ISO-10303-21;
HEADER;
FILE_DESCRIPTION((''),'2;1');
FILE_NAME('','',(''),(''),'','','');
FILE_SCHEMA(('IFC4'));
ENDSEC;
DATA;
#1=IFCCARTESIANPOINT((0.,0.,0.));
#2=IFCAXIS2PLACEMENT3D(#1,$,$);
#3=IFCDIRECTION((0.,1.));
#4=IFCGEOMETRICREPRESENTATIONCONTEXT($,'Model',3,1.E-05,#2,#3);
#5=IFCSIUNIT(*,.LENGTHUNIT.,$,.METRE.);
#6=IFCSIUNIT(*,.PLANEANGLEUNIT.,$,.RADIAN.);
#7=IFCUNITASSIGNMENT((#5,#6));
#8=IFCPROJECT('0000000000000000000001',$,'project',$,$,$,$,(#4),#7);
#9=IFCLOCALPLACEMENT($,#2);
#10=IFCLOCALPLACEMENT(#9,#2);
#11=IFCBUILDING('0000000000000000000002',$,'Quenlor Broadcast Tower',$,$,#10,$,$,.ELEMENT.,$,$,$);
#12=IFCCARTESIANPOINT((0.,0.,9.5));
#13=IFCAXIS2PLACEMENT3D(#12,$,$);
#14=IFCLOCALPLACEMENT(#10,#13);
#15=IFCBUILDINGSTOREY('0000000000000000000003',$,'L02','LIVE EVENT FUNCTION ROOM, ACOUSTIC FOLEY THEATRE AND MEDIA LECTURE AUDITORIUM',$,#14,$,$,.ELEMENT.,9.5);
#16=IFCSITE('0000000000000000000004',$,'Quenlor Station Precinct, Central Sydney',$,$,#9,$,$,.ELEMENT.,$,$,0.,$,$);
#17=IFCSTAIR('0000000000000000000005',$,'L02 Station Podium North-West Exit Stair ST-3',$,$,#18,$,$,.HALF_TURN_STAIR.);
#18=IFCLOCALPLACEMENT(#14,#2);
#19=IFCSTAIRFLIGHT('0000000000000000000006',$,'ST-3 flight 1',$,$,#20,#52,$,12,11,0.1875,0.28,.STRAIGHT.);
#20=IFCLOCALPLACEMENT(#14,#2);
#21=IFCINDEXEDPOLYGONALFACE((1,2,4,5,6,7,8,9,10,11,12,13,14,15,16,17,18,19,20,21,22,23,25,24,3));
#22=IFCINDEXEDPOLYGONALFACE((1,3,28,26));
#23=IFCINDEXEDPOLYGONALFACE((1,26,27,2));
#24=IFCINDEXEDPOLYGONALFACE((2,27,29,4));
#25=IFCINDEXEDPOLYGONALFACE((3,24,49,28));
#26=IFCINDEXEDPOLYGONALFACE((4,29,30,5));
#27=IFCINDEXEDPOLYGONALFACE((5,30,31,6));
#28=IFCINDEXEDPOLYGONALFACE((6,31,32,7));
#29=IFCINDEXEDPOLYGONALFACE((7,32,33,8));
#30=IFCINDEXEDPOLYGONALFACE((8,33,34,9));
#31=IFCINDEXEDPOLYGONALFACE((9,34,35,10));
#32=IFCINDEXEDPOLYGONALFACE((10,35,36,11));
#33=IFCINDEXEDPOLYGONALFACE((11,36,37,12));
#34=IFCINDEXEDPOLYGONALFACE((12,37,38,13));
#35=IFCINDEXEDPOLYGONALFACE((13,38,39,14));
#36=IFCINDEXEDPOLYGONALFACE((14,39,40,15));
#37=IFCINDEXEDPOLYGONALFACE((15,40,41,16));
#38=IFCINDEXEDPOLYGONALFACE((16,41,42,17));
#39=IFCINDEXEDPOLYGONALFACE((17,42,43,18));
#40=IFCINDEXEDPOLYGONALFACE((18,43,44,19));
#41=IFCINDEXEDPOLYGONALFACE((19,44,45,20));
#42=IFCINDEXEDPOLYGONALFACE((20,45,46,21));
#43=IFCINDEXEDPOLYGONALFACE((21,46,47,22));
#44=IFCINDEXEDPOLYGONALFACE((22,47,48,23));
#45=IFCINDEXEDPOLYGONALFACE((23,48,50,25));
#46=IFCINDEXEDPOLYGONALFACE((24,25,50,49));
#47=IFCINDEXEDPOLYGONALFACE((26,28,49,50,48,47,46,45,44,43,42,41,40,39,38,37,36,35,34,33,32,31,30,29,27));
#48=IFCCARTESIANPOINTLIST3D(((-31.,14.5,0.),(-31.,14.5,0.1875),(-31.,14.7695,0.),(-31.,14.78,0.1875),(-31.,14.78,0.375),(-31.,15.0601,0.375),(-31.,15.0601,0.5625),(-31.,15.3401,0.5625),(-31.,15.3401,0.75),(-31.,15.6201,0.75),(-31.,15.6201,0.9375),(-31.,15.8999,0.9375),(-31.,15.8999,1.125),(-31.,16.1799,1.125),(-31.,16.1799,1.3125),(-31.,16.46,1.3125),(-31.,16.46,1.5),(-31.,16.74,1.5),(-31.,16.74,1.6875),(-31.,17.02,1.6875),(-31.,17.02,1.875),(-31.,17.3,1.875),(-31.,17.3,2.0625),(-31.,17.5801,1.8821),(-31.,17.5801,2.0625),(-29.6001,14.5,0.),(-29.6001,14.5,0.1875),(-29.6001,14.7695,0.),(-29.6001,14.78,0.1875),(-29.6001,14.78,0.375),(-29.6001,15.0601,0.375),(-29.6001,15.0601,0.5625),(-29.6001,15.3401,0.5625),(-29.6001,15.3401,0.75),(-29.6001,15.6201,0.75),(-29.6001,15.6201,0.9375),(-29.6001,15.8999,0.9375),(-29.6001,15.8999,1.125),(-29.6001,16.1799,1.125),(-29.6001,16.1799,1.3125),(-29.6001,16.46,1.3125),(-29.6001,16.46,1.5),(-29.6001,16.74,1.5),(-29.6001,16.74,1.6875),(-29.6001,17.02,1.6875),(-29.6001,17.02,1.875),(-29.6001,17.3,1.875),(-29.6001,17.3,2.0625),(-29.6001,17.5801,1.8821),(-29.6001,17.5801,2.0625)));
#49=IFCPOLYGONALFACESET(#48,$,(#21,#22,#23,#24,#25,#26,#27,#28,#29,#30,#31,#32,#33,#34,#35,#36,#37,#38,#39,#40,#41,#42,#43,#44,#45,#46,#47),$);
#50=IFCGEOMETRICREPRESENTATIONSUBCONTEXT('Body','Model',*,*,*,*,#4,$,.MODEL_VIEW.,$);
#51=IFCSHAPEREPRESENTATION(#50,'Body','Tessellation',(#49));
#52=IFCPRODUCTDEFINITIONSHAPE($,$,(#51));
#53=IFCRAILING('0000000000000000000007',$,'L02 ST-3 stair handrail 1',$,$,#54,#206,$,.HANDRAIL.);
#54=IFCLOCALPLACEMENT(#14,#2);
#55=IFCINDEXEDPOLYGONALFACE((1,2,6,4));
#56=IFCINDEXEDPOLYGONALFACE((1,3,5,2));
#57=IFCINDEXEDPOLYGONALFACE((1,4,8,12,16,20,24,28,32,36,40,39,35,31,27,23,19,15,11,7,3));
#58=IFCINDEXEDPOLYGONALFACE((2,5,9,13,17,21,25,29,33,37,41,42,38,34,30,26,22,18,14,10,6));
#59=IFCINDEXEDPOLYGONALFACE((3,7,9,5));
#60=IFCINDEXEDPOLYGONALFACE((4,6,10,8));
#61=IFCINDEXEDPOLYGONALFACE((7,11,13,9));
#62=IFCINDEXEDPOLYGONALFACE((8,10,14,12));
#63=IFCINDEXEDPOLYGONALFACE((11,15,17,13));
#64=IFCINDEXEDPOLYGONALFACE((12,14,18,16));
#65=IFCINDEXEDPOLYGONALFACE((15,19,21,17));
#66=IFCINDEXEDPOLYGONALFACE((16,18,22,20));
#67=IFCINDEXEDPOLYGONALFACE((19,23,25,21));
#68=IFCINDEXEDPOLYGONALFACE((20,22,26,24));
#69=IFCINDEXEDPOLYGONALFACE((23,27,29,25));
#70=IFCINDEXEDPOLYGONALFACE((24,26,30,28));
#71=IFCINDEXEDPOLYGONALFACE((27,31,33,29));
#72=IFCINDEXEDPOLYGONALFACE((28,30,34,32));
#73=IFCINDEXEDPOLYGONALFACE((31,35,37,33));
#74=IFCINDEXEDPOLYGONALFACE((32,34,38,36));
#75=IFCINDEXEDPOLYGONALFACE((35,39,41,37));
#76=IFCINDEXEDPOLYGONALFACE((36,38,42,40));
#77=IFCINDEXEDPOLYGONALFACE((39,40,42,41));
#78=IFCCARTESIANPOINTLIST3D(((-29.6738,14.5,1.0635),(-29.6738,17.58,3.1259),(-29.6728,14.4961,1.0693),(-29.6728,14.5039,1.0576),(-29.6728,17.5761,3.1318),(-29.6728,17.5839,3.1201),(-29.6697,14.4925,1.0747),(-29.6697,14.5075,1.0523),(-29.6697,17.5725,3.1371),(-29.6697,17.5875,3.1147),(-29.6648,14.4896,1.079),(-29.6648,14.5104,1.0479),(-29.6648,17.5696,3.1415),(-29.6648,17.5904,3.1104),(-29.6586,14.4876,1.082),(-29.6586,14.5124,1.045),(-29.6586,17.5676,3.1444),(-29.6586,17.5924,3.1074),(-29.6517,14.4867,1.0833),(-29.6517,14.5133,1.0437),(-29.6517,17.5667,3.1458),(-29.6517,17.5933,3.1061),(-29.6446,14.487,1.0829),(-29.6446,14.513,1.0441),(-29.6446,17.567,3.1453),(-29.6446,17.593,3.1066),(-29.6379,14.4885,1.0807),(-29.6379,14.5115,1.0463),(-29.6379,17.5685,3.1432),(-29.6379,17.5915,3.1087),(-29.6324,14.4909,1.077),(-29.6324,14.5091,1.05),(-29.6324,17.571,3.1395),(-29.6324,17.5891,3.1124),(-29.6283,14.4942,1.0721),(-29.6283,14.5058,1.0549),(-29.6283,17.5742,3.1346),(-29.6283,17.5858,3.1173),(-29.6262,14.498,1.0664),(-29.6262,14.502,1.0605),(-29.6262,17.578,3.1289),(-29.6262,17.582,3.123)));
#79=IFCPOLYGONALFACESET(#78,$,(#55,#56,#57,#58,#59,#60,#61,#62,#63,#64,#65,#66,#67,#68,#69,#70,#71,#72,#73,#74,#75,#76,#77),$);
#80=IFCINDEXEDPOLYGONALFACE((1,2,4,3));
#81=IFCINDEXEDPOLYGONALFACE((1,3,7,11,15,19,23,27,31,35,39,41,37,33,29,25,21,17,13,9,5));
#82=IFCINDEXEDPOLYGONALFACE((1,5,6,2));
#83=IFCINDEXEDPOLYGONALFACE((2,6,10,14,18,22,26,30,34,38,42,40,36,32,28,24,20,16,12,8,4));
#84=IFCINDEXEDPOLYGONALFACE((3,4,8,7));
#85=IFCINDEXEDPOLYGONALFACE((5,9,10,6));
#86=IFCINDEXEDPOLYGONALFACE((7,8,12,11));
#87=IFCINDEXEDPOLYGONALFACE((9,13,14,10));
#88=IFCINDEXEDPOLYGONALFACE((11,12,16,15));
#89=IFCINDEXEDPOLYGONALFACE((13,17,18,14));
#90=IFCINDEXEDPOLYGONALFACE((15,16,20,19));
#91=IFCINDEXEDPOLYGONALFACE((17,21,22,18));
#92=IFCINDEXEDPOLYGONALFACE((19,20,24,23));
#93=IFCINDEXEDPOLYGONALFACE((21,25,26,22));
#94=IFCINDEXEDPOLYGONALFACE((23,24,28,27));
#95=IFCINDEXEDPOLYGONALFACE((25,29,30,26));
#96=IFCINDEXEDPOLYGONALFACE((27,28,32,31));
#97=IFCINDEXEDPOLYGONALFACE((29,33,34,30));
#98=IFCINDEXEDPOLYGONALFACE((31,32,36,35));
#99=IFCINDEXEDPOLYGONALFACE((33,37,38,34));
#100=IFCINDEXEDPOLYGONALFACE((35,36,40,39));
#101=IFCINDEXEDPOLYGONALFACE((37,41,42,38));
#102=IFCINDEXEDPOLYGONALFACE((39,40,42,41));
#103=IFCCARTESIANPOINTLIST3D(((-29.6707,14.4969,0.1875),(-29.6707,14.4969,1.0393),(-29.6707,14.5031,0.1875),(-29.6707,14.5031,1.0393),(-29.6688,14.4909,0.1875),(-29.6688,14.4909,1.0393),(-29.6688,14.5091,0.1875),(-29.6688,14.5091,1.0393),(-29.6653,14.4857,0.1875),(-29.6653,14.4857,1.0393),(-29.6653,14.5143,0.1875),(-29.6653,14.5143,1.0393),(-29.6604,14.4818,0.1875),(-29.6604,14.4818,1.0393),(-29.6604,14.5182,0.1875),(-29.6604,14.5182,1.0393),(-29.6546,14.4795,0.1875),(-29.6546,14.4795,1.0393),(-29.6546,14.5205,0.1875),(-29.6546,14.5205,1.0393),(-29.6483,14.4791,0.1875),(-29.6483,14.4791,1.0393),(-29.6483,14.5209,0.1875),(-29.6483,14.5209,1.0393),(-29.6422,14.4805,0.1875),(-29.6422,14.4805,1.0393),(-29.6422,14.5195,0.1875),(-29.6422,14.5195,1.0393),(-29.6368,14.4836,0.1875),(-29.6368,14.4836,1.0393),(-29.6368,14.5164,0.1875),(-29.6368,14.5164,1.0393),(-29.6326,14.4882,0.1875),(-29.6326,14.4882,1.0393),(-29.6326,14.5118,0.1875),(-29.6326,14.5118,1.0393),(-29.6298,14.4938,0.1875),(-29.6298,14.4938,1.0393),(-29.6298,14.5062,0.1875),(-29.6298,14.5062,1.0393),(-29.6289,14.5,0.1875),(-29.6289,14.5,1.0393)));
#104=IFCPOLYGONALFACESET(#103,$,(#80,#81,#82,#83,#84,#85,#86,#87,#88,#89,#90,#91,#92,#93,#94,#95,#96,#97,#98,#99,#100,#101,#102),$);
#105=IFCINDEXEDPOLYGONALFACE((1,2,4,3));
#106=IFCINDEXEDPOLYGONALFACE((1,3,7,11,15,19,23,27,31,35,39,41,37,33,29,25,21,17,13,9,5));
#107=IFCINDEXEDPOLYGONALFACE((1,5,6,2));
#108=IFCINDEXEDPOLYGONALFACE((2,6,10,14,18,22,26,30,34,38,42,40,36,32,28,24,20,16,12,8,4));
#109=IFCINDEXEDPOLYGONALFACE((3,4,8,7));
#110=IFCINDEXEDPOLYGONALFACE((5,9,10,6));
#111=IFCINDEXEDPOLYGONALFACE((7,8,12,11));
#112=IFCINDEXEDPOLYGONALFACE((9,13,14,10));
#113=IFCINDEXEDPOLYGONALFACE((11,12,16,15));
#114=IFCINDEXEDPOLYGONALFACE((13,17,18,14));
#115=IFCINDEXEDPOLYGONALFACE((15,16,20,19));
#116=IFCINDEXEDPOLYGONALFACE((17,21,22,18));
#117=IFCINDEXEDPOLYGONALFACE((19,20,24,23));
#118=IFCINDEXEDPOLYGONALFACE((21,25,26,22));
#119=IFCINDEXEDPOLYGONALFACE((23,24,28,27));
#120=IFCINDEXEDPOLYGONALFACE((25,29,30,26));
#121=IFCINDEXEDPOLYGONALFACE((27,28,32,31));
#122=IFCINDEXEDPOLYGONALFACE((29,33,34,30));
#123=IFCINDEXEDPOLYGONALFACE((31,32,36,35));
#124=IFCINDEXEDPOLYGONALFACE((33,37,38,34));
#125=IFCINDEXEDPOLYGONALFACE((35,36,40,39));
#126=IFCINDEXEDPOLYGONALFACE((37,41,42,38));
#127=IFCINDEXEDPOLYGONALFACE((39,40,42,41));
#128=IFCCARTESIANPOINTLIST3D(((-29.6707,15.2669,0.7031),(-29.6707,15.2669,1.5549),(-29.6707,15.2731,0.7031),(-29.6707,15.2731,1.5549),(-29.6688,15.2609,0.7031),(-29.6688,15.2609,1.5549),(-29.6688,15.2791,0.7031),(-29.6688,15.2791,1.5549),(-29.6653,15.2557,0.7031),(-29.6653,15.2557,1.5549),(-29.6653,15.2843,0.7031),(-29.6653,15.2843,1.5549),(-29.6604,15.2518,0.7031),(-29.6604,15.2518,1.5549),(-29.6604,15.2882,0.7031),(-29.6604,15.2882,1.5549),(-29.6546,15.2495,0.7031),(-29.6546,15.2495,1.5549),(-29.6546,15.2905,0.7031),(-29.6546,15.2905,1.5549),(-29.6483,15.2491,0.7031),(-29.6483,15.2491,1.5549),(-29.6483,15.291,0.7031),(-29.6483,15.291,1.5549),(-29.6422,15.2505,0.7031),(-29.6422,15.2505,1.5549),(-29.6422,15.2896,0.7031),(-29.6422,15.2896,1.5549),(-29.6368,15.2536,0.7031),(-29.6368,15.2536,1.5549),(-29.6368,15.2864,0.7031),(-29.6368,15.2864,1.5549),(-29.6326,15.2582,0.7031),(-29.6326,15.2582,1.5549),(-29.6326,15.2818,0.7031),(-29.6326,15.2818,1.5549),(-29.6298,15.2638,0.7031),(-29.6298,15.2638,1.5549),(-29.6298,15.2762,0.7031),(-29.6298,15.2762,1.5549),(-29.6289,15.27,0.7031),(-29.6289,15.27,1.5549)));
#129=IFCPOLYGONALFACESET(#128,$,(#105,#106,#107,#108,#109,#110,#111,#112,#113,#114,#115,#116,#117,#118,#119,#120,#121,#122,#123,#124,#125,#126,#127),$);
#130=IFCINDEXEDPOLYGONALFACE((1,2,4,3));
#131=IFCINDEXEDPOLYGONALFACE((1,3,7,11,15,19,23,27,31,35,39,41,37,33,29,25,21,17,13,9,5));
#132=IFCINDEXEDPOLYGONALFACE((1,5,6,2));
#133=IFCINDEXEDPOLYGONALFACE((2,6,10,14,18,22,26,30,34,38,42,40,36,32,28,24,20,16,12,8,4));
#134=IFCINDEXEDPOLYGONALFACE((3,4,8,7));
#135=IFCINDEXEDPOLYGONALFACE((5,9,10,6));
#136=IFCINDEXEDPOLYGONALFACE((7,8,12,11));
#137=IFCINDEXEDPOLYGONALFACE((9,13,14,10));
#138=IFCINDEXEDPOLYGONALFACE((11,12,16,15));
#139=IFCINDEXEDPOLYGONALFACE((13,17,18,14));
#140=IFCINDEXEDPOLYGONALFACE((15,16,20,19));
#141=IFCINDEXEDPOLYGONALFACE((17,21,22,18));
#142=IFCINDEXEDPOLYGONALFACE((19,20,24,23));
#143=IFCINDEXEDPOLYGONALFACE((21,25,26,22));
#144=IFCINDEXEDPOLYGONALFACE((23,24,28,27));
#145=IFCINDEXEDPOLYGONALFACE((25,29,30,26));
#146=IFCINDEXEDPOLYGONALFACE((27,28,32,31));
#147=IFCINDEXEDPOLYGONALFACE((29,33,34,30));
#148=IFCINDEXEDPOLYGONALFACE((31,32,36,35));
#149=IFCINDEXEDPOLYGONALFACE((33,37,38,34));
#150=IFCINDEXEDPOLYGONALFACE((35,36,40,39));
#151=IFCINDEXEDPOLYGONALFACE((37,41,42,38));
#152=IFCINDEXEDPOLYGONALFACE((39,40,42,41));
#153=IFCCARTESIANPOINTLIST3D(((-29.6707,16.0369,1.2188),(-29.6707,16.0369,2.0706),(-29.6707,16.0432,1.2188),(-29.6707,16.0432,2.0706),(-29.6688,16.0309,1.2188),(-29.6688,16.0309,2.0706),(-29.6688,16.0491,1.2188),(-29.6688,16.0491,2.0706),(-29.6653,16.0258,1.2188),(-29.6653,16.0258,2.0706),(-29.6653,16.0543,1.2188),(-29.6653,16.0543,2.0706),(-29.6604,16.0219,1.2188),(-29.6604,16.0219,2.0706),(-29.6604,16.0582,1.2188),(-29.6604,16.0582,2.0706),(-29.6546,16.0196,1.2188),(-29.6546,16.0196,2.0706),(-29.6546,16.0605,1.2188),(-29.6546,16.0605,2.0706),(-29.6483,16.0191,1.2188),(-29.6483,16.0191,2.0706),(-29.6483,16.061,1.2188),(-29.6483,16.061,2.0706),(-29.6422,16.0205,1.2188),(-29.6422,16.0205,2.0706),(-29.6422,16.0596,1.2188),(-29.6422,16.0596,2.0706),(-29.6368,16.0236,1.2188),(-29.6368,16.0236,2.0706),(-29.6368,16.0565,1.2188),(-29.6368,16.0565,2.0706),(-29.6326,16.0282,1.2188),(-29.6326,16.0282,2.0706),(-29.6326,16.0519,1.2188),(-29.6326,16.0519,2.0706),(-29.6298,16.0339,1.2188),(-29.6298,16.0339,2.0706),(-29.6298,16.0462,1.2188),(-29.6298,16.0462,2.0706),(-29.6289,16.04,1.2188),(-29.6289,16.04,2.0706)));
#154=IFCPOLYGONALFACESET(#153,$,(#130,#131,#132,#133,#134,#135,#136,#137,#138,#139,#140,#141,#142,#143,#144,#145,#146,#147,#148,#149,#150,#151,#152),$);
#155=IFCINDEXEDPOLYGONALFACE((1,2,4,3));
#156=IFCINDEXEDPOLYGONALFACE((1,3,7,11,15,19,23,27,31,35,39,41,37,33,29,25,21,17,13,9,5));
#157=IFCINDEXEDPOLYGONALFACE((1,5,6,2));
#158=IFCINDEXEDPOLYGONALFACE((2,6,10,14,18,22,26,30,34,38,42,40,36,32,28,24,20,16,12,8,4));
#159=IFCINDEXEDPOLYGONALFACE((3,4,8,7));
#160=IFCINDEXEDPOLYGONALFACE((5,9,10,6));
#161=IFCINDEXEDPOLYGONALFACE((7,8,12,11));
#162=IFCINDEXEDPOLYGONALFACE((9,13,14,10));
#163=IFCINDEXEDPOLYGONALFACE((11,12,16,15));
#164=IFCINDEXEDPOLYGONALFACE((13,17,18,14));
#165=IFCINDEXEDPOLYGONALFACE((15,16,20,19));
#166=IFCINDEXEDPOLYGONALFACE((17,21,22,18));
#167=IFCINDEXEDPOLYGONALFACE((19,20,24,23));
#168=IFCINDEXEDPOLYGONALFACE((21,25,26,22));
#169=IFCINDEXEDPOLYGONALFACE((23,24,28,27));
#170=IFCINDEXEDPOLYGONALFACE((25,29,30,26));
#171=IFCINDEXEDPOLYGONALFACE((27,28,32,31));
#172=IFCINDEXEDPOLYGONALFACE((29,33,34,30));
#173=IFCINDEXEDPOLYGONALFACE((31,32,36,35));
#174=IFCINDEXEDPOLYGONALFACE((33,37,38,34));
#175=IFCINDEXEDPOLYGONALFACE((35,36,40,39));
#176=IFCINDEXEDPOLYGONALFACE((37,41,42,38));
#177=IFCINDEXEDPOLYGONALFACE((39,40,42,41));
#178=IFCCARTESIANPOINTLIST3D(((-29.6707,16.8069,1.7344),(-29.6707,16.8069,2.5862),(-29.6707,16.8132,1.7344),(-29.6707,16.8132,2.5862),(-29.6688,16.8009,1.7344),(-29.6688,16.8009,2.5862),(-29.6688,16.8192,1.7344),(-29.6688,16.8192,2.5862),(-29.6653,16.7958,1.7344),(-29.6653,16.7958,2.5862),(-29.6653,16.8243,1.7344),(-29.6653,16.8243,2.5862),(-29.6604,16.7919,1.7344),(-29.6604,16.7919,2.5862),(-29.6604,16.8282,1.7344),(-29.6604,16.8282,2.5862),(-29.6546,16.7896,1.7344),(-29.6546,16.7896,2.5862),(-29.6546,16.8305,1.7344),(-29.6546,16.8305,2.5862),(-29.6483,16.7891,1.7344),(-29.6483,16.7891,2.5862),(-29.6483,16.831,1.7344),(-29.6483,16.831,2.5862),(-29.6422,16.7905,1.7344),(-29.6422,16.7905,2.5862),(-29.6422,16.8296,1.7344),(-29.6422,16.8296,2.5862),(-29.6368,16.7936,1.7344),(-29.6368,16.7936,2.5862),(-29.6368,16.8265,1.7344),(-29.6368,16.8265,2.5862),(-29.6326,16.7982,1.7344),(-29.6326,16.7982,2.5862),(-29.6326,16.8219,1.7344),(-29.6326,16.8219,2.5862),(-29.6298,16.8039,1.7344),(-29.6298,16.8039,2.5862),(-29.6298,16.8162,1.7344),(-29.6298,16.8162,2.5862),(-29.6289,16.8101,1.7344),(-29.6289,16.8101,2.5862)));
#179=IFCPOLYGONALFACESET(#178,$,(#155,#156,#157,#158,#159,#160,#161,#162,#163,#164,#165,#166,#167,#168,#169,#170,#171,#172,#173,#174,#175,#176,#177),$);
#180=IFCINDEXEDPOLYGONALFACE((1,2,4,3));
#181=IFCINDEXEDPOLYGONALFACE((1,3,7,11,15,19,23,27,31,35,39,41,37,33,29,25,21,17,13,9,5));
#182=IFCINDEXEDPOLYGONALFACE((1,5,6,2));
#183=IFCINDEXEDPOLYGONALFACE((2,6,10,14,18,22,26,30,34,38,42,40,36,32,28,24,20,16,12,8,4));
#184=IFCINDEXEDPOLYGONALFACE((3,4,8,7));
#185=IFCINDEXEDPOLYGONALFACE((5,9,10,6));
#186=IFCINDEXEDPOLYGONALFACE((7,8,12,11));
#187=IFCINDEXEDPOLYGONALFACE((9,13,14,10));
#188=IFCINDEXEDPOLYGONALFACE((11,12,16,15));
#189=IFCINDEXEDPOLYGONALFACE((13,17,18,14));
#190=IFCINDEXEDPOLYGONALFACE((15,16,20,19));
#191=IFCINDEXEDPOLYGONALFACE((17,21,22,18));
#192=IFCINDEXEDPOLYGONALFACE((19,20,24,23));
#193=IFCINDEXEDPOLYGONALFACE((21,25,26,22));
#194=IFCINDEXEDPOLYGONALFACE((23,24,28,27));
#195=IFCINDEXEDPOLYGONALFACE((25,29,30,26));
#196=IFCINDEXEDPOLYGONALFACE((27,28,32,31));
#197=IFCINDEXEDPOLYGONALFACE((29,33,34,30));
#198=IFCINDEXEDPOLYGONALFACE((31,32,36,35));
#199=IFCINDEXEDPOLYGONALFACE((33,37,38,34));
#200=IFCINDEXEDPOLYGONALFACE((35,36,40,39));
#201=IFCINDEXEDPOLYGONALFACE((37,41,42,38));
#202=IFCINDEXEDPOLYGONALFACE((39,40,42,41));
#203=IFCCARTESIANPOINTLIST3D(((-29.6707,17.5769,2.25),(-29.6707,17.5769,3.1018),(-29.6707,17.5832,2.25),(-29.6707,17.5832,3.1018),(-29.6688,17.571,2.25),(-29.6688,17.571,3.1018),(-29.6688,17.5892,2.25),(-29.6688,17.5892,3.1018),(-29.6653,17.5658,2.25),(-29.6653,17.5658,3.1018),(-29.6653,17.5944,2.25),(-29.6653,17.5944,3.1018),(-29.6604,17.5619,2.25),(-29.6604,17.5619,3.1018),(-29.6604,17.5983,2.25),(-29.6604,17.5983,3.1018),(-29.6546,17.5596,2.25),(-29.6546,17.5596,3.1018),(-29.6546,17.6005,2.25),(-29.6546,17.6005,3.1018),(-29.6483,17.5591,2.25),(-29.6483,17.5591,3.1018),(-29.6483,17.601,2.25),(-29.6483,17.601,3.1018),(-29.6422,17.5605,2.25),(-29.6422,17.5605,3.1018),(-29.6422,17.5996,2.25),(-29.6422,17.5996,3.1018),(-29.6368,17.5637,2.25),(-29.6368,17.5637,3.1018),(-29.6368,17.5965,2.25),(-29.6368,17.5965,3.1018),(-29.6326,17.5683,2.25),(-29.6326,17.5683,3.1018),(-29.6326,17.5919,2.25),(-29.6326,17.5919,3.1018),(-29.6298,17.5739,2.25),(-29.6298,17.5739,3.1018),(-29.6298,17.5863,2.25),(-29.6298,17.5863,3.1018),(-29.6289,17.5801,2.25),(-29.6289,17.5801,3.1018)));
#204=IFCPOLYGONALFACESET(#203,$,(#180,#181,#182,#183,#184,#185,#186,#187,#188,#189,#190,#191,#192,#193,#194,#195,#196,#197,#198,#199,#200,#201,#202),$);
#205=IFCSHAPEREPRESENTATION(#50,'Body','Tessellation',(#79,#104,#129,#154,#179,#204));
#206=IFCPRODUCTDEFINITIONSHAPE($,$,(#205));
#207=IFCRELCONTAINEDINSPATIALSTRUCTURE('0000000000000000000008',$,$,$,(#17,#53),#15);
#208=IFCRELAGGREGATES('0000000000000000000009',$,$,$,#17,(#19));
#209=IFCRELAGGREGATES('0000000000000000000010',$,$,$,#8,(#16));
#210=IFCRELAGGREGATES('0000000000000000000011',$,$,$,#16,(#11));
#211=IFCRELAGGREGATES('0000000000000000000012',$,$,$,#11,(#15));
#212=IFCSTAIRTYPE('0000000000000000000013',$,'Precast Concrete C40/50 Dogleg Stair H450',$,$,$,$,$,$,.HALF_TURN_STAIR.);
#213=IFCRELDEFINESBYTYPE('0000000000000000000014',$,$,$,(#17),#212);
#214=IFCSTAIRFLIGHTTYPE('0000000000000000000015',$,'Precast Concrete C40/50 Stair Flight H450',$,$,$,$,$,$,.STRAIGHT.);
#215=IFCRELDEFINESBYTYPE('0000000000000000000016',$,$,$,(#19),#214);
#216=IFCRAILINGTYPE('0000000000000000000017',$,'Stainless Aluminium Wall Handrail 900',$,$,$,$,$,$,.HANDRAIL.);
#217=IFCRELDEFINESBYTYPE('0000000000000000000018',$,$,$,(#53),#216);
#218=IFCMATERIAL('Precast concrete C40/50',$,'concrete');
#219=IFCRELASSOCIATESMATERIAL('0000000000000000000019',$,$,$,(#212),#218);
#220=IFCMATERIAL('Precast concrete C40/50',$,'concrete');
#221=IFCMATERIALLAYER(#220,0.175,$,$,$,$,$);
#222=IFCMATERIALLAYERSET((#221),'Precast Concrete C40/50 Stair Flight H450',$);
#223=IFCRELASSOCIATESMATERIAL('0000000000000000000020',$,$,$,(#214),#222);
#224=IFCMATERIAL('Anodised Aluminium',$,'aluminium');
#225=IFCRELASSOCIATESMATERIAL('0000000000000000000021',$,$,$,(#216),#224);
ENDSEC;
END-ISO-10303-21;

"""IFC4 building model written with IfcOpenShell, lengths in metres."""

from ifc_helpers import new_model, si_unit, direction, frame, origin, origin_2d, place, context, subcontext, project, spatial, polyline, circle, outline, extrude, material, layer, layer_set, type_object, element, aggregate, save


model = new_model("IFC4")

# Units and contexts
model_context = context("Model", 3, precision=1e-05, world=origin(), true_north=direction((0.0, 1.0)))
body_context = subcontext(model_context, "Body", "Model", "MODEL_VIEW")
ifc_project = project(units=[si_unit("LENGTHUNIT", "METRE"), si_unit("PLANEANGLEUNIT", "RADIAN")], contexts=[model_context])

# Site, building, storey
site_placement = place(None, origin())
site = spatial("IfcSite", under=ifc_project, at=site_placement, Name="Quenlor Station Precinct, Central Sydney", CompositionType="ELEMENT", RefElevation=0.0)
building_placement = place(site_placement, origin())
building = spatial("IfcBuilding", under=site, at=building_placement, Name="Quenlor Broadcast Tower", CompositionType="ELEMENT")
storey_placement = place(building_placement, frame((0.0, 0.0, 9.5)))
storey = spatial("IfcBuildingStorey", under=building, at=storey_placement, Name="L02", Description="LIVE EVENT FUNCTION ROOM, ACOUSTIC FOLEY THEATRE AND MEDIA LECTURE AUDITORIUM", CompositionType="ELEMENT", Elevation=9.5)

# Stair, stair flight
ifc_material_1 = material(Name="Precast concrete C40/50", Category="concrete")
stair_type = type_object("IfcStairType", Name="Precast Concrete C40/50 Dogleg Stair H450", PredefinedType="HALF_TURN_STAIR", material=ifc_material_1)
stair_placement = place(storey_placement, origin())
stair = element("IfcStair", 1, at=stair_placement, inside=storey, type_object=stair_type, Name="L02 Station Podium North-West Exit Stair ST-3", PredefinedType="HALF_TURN_STAIR")
ifc_material_2 = material(Name="Precast concrete C40/50", Category="concrete")
ifc_layer_1 = layer(ifc_material_2, 0.175)
ifc_layer_set_1 = layer_set([ifc_layer_1], Name="Precast Concrete C40/50 Stair Flight H450")
stair_flight_type = type_object("IfcStairFlightType", Name="Precast Concrete C40/50 Stair Flight H450", PredefinedType="STRAIGHT", material=ifc_layer_set_1)
stair_flight_placement = place(storey_placement, frame((-30.3, 14.5, 0.0), z_axis=(0.0, 0.0, 1.0), x_axis=(0.0, 1.0, 0.0)))
stair_flight = element("IfcStairFlight", 2, at=stair_flight_placement, type_object=stair_flight_type, Name="ST-3 flight 1", NumberOfRisers=12, NumberOfTreads=11, PredefinedType="STRAIGHT", RiserHeight=0.1875, TreadLength=0.28, context=body_context, shape_type="SweptSolid", body=[
    extrude(outline(polyline([(0.0, 0.0), (0.0, 0.1875), (0.28, 0.1875), (0.28, 0.375), (0.5601, 0.375), (0.5601, 0.5625), (0.8401, 0.5625), (0.8401, 0.75), (1.1201, 0.75), (1.1201, 0.9375), (1.3999, 0.9375), (1.3999, 1.125), (1.6799, 1.125), (1.6799, 1.3125), (1.96, 1.3125), (1.96, 1.5), (2.24, 1.5), (2.24, 1.6875), (2.52, 1.6875), (2.52, 1.875), (2.8, 1.875), (2.8, 2.0625), (3.0801, 2.0625), (3.0801, 2.25), (3.0801, 1.8821), (0.2695, 0.0), (0.0, 0.0)])), frame((0.0, 0.7, 0.0), z_axis=(0.0, -1.0, 0.0), x_axis=(1.0, 0.0, 0.0)), (0.0, 0.0, 1.0), 1.3999),
])
aggregate(stair, [stair_flight])

# Railing
ifc_material_3 = material(Name="Anodised Aluminium", Category="aluminium")
railing_type = type_object("IfcRailingType", Name="Stainless Aluminium Wall Handrail 900", PredefinedType="HANDRAIL", material=ifc_material_3)
railing_placement = place(storey_placement, frame((-29.6499, 14.5, 0.1875)))
element("IfcRailing", 3, at=railing_placement, inside=storey, type_object=railing_type, Name="L02 ST-3 stair handrail 1", PredefinedType="HANDRAIL", context=body_context, shape_type="SweptSolid", body=[
    extrude(circle(Radius=0.0239, at=origin_2d()), frame((0.0, 0.0, 0.876), z_axis=(0.0, 0.830914, 0.556401), x_axis=(-1.0, 0.0, 0.0)), (0.0, 0.0, 1.0), 3.7068),
    extrude(circle(Radius=0.021, at=origin_2d()), origin(), (0.0, 0.0, 1.0), 0.8518),
    extrude(circle(Radius=0.021, at=origin_2d()), frame((0.0, 0.77, 0.5156)), (0.0, 0.0, 1.0), 0.8518),
    extrude(circle(Radius=0.021, at=origin_2d()), frame((0.0, 1.54, 1.0312)), (0.0, 0.0, 1.0), 0.8518),
    extrude(circle(Radius=0.021, at=origin_2d()), frame((0.0, 2.3101, 1.5469)), (0.0, 0.0, 1.0), 0.8518),
    extrude(circle(Radius=0.021, at=origin_2d()), frame((0.0, 3.0801, 2.0625)), (0.0, 0.0, 1.0), 0.8518),
])

save(model, "model.ifc")
